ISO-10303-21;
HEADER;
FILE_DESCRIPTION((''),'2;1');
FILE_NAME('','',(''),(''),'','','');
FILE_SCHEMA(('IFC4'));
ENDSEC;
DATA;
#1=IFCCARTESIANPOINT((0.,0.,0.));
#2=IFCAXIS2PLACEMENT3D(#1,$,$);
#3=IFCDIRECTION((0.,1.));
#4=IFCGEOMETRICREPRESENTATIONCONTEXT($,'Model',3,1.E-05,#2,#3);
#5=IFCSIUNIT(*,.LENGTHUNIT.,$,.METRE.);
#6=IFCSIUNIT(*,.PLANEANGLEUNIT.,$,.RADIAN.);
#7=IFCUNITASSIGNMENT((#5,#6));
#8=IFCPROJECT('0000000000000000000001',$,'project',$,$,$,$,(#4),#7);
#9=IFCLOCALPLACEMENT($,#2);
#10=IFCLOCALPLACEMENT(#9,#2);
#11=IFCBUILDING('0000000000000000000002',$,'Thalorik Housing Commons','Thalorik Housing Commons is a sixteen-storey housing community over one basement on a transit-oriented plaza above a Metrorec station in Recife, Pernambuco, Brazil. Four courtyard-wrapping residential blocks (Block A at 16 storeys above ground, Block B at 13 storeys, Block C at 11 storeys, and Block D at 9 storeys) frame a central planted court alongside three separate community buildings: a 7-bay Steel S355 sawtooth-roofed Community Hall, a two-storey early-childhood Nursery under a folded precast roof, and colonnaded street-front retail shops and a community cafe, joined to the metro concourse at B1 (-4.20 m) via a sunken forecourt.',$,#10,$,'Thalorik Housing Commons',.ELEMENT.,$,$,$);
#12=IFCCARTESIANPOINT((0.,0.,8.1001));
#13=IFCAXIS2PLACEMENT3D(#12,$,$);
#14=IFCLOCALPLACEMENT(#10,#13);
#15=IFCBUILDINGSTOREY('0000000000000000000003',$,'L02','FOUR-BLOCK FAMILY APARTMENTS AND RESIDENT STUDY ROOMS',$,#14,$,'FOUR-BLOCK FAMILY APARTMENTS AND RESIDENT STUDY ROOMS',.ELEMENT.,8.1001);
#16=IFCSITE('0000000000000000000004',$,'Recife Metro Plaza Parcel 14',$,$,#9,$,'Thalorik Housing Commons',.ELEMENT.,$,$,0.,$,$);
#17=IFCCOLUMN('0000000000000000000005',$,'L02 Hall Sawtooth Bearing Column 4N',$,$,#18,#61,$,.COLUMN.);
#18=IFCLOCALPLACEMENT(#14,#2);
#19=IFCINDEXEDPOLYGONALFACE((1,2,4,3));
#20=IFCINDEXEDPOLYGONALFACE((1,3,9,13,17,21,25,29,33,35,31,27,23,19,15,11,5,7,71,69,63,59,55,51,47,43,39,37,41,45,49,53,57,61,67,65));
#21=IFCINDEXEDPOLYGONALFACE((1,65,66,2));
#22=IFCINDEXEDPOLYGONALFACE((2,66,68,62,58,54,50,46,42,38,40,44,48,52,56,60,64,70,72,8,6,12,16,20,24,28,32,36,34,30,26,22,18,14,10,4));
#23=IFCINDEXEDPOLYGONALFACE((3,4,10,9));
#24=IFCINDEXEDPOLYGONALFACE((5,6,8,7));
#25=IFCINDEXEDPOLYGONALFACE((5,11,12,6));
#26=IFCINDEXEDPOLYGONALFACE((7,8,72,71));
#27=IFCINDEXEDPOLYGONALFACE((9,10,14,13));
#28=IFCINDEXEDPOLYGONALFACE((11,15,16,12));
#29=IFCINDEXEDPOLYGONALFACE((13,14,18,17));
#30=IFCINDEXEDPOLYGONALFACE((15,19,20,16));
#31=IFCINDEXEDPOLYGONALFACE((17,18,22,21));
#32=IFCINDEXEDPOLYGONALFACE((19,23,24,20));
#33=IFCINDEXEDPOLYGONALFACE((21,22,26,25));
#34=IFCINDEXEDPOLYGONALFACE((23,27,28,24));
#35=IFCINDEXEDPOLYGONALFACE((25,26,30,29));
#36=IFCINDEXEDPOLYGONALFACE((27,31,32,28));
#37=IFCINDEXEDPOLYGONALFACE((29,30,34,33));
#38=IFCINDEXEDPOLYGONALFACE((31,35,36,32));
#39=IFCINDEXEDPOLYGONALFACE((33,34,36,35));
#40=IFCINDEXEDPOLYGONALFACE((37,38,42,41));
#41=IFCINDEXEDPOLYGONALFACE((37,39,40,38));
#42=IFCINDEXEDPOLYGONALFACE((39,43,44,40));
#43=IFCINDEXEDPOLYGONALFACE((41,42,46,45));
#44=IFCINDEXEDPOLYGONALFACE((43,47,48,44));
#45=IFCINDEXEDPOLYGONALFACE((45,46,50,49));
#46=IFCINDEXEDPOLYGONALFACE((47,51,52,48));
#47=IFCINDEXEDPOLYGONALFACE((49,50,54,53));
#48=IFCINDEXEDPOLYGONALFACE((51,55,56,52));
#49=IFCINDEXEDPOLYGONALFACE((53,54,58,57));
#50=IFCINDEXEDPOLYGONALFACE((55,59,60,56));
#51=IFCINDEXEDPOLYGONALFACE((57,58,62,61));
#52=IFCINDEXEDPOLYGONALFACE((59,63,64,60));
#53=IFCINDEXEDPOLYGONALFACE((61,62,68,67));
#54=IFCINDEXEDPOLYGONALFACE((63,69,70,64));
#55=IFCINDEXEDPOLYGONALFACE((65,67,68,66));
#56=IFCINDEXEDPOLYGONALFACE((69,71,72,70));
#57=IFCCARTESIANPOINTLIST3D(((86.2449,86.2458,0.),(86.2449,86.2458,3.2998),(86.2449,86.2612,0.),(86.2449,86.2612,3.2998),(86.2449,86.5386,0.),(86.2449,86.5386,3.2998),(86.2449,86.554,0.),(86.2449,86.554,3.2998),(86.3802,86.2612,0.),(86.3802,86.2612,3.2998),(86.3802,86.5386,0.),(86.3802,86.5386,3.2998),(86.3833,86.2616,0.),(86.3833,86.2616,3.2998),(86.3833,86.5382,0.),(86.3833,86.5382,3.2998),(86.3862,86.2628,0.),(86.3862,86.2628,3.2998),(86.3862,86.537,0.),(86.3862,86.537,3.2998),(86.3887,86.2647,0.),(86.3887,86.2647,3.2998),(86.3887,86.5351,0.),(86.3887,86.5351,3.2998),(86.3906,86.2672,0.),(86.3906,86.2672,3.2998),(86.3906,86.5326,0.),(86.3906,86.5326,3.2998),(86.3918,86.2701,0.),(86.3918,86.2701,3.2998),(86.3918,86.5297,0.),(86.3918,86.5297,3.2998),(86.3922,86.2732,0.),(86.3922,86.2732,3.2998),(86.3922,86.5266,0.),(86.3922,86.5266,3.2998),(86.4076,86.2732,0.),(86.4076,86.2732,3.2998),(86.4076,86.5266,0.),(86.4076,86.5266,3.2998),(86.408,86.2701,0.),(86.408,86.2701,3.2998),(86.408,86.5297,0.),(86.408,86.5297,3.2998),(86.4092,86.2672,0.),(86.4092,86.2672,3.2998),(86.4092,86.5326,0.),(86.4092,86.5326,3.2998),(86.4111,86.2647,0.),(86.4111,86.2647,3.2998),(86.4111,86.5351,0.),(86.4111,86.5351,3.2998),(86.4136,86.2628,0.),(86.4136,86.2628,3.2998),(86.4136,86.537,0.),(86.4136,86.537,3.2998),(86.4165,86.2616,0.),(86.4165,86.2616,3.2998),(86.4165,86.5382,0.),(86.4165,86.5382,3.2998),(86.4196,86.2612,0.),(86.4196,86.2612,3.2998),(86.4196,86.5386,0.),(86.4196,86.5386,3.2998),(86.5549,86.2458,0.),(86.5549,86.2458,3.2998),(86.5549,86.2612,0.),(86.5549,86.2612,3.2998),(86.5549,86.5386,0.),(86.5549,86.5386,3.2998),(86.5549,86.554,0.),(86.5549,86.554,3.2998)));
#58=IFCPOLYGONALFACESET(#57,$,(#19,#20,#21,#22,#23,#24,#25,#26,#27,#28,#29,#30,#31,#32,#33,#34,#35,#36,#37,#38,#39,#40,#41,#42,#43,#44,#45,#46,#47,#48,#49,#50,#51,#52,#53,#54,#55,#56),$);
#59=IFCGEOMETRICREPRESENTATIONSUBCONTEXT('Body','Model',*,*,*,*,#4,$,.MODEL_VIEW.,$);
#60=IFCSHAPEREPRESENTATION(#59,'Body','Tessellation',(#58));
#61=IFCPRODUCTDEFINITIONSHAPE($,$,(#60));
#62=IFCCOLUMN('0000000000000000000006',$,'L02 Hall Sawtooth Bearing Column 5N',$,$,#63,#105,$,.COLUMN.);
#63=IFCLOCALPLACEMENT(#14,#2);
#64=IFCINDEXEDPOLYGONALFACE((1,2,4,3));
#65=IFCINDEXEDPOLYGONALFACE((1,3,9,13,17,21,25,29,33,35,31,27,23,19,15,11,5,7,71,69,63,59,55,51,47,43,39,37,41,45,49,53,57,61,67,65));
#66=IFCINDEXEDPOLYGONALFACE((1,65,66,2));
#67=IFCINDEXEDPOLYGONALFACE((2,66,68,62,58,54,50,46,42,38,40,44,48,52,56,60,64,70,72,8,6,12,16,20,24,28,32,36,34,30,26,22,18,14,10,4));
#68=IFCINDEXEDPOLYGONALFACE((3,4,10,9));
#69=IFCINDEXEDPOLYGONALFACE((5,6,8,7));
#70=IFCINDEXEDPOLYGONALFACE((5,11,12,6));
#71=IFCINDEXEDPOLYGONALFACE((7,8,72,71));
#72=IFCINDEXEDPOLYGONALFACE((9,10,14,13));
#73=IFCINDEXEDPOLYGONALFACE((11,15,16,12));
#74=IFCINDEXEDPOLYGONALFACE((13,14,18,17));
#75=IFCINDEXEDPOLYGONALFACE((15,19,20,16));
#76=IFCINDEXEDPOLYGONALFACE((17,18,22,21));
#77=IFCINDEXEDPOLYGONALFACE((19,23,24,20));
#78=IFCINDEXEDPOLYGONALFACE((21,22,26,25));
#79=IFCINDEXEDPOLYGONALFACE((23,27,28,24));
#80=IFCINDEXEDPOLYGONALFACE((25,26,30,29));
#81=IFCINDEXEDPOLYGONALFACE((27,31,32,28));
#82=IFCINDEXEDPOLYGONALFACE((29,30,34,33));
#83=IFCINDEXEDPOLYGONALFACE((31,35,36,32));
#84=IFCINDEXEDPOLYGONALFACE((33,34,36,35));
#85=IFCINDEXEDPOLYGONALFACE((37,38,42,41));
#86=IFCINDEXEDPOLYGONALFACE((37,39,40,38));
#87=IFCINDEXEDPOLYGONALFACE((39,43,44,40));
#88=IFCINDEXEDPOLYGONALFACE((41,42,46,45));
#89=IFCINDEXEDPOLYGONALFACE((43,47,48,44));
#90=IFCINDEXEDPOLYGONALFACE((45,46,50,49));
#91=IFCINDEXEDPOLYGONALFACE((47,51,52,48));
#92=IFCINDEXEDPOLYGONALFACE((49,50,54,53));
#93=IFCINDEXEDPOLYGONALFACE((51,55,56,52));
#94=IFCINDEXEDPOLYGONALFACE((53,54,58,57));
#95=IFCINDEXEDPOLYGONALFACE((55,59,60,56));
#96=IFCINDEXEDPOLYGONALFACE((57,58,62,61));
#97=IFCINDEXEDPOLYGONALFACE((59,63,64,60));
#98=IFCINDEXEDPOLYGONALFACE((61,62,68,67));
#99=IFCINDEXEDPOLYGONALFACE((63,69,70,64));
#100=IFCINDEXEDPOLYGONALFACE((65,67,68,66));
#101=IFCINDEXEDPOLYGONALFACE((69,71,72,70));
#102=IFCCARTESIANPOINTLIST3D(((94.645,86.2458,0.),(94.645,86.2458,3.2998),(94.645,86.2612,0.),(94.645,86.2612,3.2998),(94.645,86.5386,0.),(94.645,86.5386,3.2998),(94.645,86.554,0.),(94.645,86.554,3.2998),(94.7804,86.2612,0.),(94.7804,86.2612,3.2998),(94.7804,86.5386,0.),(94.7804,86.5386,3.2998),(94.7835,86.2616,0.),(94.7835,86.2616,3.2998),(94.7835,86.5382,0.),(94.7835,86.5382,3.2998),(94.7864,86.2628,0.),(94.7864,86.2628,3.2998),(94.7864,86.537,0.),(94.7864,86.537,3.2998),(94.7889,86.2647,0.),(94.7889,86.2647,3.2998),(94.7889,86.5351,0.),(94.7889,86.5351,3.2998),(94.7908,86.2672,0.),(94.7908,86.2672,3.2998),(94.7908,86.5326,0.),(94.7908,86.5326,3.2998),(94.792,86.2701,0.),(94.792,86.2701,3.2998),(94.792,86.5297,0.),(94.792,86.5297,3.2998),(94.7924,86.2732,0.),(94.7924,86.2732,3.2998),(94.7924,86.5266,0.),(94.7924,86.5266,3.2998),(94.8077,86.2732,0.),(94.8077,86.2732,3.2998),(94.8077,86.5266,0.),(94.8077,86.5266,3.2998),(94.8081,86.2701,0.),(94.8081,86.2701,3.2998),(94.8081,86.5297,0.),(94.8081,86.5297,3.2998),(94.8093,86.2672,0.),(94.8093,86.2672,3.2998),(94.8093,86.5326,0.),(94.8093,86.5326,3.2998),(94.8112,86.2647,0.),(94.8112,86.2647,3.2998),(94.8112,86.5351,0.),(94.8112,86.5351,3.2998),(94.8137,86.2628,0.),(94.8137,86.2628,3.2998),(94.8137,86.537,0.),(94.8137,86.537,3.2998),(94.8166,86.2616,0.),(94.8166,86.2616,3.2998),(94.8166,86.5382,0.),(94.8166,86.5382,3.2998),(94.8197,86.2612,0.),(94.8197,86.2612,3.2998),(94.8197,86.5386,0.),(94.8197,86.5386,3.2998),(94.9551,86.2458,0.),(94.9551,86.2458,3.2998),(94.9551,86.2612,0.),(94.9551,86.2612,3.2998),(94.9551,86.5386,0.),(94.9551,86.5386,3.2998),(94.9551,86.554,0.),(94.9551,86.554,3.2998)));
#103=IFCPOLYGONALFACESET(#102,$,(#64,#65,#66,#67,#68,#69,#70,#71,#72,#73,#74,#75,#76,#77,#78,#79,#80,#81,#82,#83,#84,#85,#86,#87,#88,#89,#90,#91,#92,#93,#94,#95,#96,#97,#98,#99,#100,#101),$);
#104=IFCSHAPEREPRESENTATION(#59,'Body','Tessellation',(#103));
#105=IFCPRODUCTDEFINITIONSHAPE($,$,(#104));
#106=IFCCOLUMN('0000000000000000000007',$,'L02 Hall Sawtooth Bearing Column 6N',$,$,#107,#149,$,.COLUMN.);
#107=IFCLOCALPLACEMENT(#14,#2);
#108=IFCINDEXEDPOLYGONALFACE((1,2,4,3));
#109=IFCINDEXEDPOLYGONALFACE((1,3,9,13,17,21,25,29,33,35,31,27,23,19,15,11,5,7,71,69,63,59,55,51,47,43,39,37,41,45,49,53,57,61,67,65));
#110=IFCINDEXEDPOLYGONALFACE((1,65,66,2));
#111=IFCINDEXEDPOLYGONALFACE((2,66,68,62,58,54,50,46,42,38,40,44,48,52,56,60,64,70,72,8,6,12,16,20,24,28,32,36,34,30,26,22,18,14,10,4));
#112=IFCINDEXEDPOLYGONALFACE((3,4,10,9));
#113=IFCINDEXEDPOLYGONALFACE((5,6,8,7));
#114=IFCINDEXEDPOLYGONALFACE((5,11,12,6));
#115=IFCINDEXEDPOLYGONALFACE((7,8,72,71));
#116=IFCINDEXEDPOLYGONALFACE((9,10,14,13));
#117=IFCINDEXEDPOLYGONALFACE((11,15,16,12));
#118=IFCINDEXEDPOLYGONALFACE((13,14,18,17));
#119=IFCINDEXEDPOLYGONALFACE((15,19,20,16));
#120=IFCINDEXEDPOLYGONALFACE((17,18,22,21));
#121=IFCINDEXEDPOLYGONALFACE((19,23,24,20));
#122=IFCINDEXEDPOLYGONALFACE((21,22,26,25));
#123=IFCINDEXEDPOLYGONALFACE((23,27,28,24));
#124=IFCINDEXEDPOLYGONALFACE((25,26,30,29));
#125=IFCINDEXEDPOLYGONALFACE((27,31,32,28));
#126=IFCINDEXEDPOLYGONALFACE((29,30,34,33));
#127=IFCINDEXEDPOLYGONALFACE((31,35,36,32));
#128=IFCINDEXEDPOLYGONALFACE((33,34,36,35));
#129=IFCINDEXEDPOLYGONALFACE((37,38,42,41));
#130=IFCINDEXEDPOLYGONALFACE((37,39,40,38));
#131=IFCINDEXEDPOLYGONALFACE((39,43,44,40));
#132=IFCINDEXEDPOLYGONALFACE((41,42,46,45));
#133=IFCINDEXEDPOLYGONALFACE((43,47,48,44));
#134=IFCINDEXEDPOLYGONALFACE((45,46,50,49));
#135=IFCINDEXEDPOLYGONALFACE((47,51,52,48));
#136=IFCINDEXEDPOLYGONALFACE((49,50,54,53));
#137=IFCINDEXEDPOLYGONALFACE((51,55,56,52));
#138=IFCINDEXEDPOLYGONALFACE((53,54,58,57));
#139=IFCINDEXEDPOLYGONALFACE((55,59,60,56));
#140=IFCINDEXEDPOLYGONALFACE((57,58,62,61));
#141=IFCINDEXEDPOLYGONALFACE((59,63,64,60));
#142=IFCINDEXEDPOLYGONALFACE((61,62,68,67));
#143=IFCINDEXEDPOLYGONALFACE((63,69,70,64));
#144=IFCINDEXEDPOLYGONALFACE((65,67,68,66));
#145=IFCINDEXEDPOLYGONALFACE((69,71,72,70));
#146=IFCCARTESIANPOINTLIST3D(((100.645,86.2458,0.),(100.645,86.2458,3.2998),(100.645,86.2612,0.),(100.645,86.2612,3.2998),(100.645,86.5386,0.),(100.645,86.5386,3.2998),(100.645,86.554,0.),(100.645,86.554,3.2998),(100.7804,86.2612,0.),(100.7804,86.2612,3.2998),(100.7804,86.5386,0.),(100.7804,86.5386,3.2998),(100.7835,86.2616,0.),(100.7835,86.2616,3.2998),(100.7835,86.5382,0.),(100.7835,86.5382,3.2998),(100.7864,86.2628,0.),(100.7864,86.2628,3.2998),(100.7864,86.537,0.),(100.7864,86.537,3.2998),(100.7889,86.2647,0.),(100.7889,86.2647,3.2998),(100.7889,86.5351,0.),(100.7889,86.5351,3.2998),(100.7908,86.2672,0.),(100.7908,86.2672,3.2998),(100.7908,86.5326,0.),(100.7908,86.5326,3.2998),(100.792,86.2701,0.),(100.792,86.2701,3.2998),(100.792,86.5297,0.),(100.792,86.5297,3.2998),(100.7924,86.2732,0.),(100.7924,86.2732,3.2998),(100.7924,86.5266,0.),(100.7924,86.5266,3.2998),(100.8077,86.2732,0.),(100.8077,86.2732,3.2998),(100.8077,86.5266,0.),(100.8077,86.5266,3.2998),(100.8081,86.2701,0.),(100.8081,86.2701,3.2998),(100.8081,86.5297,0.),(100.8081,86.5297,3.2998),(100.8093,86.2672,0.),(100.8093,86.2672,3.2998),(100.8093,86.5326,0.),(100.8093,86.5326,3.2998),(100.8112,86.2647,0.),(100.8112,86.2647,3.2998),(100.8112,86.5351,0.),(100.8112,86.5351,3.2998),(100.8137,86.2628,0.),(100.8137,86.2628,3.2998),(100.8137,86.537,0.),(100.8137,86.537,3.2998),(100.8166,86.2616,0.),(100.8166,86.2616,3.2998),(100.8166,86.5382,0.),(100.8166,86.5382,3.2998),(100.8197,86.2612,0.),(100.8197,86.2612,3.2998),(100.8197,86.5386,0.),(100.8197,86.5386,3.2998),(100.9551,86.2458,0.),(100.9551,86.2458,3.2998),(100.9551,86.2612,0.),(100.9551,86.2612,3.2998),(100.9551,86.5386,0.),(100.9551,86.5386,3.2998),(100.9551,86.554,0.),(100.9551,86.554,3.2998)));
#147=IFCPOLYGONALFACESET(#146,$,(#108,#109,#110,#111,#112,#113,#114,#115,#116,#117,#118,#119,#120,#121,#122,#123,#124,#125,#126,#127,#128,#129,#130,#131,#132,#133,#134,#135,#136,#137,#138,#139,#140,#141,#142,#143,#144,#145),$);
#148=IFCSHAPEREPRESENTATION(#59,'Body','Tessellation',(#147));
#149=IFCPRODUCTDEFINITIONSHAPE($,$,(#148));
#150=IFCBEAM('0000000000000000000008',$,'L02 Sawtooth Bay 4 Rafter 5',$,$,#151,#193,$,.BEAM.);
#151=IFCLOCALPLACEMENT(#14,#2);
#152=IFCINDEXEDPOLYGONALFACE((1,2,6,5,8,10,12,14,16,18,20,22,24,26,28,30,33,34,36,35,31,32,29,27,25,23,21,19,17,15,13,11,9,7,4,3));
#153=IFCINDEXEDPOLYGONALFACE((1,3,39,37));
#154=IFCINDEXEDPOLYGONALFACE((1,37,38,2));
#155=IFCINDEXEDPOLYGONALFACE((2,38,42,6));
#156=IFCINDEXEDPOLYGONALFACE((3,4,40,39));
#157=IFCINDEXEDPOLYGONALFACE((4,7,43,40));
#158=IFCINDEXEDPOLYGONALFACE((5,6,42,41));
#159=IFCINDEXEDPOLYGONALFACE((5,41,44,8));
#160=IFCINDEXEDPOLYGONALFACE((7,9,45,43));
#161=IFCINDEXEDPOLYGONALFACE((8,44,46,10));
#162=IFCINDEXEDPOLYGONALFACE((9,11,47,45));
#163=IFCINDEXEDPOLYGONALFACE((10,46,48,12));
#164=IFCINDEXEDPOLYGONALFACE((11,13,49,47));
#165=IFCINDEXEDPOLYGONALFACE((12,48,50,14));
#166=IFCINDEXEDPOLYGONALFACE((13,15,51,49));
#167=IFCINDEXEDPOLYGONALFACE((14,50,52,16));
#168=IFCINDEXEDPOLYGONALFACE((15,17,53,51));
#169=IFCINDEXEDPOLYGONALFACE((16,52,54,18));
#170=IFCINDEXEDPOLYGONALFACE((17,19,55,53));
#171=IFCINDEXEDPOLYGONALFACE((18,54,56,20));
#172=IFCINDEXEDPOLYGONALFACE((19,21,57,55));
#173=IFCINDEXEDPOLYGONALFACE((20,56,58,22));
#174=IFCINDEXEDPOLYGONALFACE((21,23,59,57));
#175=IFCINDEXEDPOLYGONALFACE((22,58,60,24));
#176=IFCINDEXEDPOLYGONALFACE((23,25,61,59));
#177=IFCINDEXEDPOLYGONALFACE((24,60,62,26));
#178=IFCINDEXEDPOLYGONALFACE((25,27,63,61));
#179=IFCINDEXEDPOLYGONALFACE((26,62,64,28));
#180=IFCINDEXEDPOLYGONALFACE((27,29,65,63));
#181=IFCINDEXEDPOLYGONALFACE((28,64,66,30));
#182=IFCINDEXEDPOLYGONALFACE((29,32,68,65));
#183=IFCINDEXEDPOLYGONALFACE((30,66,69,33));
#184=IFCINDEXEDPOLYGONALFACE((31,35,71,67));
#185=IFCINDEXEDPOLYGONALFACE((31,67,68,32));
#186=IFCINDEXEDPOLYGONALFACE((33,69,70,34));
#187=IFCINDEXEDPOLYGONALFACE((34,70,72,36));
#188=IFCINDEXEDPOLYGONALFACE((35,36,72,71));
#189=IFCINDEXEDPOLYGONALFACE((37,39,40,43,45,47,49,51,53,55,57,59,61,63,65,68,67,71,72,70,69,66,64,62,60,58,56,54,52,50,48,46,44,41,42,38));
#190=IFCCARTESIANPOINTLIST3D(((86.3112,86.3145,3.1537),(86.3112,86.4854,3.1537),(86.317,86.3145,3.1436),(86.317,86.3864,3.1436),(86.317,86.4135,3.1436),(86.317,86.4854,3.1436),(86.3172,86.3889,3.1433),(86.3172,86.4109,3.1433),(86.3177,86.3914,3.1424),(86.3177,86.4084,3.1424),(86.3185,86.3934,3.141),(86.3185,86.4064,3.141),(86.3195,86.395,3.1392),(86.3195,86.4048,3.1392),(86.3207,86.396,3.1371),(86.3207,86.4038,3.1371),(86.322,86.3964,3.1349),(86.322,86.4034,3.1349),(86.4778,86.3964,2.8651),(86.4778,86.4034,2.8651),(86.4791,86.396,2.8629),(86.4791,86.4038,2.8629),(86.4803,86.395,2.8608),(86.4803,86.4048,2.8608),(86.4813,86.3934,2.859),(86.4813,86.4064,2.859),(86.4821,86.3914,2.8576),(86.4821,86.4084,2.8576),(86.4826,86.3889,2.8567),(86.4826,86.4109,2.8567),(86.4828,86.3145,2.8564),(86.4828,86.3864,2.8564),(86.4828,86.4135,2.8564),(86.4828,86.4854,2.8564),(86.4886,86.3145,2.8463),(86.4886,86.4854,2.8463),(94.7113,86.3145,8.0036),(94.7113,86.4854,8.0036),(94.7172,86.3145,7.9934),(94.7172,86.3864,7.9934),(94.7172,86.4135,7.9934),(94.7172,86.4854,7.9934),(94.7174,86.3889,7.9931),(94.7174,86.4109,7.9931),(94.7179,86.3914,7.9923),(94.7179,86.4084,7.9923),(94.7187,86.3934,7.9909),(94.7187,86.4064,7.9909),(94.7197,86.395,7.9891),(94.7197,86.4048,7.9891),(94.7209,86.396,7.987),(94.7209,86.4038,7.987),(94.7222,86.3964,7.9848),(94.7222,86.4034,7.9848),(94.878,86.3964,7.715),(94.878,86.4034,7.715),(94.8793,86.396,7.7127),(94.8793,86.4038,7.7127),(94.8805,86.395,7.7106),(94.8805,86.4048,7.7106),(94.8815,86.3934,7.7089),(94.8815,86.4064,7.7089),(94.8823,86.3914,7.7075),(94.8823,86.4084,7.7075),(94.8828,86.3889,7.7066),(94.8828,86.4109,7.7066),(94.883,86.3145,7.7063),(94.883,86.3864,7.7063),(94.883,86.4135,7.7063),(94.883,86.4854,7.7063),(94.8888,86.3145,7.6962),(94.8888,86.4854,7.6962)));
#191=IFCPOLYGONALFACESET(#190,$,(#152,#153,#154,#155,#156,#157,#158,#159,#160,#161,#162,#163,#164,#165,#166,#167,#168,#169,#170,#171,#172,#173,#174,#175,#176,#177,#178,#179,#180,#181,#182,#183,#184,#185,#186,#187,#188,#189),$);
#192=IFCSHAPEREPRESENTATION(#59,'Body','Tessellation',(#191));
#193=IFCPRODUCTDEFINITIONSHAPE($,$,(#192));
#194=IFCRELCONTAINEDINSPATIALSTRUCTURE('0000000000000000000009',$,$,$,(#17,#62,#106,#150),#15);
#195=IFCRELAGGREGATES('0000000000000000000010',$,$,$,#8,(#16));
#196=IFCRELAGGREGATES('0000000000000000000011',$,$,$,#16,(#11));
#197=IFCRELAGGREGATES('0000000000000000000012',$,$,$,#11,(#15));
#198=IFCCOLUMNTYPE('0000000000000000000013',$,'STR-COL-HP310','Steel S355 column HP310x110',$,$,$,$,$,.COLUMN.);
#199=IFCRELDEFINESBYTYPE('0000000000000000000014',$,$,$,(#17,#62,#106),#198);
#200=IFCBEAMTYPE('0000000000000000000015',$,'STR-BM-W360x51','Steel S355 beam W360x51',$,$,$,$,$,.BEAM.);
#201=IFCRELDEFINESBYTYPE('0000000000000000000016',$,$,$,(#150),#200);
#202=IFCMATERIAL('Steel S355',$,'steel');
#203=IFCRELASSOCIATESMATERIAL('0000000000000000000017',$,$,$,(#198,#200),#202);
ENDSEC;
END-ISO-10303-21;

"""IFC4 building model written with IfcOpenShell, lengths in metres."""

from ifc_helpers import new_model, si_unit, direction, frame, origin, origin_2d, place, context, subcontext, project, spatial, i_section, extrude, material, material_profile, profile_set, type_object, element, save


model = new_model("IFC4")

# Units and contexts
model_context = context("Model", 3, precision=1e-05, world=origin(), true_north=direction((0.0, 1.0)))
body_context = subcontext(model_context, "Body", "Model", "MODEL_VIEW")
ifc_project = project(units=[si_unit("LENGTHUNIT", "METRE"), si_unit("PLANEANGLEUNIT", "RADIAN")], contexts=[model_context])

# Site, building, storey
site_placement = place(None, origin())
site = spatial("IfcSite", under=ifc_project, at=site_placement, Name="Recife Metro Plaza Parcel 14", LongName="Thalorik Housing Commons", CompositionType="ELEMENT", RefElevation=0.0)
building_placement = place(site_placement, origin())
building = spatial("IfcBuilding", under=site, at=building_placement, Name="Thalorik Housing Commons", Description="Thalorik Housing Commons is a sixteen-storey housing community over one basement on a transit-oriented plaza above a Metrorec station in Recife, Pernambuco, Brazil. Four courtyard-wrapping residential blocks (Block A at 16 storeys above ground, Block B at 13 storeys, Block C at 11 storeys, and Block D at 9 storeys) frame a central planted court alongside three separate community buildings: a 7-bay Steel S355 sawtooth-roofed Community Hall, a two-storey early-childhood Nursery under a folded precast roof, and colonnaded street-front retail shops and a community cafe, joined to the metro concourse at B1 (-4.20 m) via a sunken forecourt.", LongName="Thalorik Housing Commons", CompositionType="ELEMENT")
storey_placement = place(building_placement, frame((0.0, 0.0, 8.1001)))
storey = spatial("IfcBuildingStorey", under=building, at=storey_placement, Name="L02", Description="FOUR-BLOCK FAMILY APARTMENTS AND RESIDENT STUDY ROOMS", LongName="FOUR-BLOCK FAMILY APARTMENTS AND RESIDENT STUDY ROOMS", CompositionType="ELEMENT", Elevation=8.1001)

# Columns
ifc_material_1 = material(Name="Steel S355", Category="steel")
ifc_material_profile_1 = material_profile(ifc_material_1, i_section(OverallWidth=0.3101, OverallDepth=0.3081, WebThickness=0.0154, FlangeThickness=0.0154, FilletRadius=0.012, at=origin_2d()), Name="HP310x110", Category="steel")
ifc_profile_set_1 = profile_set([ifc_material_profile_1], Name="Steel S355")
column_type = type_object("IfcColumnType", Name="STR-COL-HP310", Description="Steel S355 column HP310x110", PredefinedType="COLUMN", material=ifc_profile_set_1)
for number, where, z_axis, x_axis, name in (
    (1, (86.3999, 86.3999, 0.0), (0.0, 0.0, 1.0), (1.0, 0.0, 0.0), "L02 Hall Sawtooth Bearing Column 4N"),
    (2, (94.8, 86.3999, 0.0), (0.0, 0.0, 1.0), (1.0, 0.0, 0.0), "L02 Hall Sawtooth Bearing Column 5N"),
    (3, (100.8, 86.3999, 0.0), (0.0, 0.0, 1.0), (1.0, 0.0, 0.0), "L02 Hall Sawtooth Bearing Column 6N"),
):
    element("IfcColumn", number, at=place(storey_placement, frame(where, z_axis=z_axis, x_axis=x_axis)), inside=storey, type_object=column_type, Name=name, PredefinedType="COLUMN", context=body_context, shape_type="SweptSolid", body=[
        extrude(i_section(OverallWidth=0.3101, OverallDepth=0.3081, WebThickness=0.0154, FlangeThickness=0.0154, FilletRadius=0.012, at=origin_2d()), origin(), (0.0, 0.0, 1.0), 3.2998),
    ])

# Beam
ifc_material_profile_2 = material_profile(ifc_material_1, i_section(OverallWidth=0.1709, OverallDepth=0.355, WebThickness=0.0071, FlangeThickness=0.0117, FilletRadius=0.01, at=origin_2d()), Name="W360x51", Category="steel")
ifc_profile_set_2 = profile_set([ifc_material_profile_2], Name="Steel S355")
beam_type = type_object("IfcBeamType", Name="STR-BM-W360x51", Description="Steel S355 beam W360x51", PredefinedType="BEAM", material=ifc_profile_set_2)
beam_1_placement = place(storey_placement, frame((86.3999, 86.3999, 3.0), z_axis=(0.866024, 0.0, 0.500002), x_axis=(0.0, 1.0, 0.0)))
element("IfcBeam", 4, at=beam_1_placement, inside=storey, type_object=beam_type, Name="L02 Sawtooth Bay 4 Rafter 5", PredefinedType="BEAM", context=body_context, shape_type="SweptSolid", body=[
    extrude(i_section(OverallWidth=0.1709, OverallDepth=0.355, WebThickness=0.0071, FlangeThickness=0.0117, FilletRadius=0.01, at=origin_2d()), origin(), (0.0, 0.0, 1.0), 9.6997),
])

save(model, "model.ifc")
